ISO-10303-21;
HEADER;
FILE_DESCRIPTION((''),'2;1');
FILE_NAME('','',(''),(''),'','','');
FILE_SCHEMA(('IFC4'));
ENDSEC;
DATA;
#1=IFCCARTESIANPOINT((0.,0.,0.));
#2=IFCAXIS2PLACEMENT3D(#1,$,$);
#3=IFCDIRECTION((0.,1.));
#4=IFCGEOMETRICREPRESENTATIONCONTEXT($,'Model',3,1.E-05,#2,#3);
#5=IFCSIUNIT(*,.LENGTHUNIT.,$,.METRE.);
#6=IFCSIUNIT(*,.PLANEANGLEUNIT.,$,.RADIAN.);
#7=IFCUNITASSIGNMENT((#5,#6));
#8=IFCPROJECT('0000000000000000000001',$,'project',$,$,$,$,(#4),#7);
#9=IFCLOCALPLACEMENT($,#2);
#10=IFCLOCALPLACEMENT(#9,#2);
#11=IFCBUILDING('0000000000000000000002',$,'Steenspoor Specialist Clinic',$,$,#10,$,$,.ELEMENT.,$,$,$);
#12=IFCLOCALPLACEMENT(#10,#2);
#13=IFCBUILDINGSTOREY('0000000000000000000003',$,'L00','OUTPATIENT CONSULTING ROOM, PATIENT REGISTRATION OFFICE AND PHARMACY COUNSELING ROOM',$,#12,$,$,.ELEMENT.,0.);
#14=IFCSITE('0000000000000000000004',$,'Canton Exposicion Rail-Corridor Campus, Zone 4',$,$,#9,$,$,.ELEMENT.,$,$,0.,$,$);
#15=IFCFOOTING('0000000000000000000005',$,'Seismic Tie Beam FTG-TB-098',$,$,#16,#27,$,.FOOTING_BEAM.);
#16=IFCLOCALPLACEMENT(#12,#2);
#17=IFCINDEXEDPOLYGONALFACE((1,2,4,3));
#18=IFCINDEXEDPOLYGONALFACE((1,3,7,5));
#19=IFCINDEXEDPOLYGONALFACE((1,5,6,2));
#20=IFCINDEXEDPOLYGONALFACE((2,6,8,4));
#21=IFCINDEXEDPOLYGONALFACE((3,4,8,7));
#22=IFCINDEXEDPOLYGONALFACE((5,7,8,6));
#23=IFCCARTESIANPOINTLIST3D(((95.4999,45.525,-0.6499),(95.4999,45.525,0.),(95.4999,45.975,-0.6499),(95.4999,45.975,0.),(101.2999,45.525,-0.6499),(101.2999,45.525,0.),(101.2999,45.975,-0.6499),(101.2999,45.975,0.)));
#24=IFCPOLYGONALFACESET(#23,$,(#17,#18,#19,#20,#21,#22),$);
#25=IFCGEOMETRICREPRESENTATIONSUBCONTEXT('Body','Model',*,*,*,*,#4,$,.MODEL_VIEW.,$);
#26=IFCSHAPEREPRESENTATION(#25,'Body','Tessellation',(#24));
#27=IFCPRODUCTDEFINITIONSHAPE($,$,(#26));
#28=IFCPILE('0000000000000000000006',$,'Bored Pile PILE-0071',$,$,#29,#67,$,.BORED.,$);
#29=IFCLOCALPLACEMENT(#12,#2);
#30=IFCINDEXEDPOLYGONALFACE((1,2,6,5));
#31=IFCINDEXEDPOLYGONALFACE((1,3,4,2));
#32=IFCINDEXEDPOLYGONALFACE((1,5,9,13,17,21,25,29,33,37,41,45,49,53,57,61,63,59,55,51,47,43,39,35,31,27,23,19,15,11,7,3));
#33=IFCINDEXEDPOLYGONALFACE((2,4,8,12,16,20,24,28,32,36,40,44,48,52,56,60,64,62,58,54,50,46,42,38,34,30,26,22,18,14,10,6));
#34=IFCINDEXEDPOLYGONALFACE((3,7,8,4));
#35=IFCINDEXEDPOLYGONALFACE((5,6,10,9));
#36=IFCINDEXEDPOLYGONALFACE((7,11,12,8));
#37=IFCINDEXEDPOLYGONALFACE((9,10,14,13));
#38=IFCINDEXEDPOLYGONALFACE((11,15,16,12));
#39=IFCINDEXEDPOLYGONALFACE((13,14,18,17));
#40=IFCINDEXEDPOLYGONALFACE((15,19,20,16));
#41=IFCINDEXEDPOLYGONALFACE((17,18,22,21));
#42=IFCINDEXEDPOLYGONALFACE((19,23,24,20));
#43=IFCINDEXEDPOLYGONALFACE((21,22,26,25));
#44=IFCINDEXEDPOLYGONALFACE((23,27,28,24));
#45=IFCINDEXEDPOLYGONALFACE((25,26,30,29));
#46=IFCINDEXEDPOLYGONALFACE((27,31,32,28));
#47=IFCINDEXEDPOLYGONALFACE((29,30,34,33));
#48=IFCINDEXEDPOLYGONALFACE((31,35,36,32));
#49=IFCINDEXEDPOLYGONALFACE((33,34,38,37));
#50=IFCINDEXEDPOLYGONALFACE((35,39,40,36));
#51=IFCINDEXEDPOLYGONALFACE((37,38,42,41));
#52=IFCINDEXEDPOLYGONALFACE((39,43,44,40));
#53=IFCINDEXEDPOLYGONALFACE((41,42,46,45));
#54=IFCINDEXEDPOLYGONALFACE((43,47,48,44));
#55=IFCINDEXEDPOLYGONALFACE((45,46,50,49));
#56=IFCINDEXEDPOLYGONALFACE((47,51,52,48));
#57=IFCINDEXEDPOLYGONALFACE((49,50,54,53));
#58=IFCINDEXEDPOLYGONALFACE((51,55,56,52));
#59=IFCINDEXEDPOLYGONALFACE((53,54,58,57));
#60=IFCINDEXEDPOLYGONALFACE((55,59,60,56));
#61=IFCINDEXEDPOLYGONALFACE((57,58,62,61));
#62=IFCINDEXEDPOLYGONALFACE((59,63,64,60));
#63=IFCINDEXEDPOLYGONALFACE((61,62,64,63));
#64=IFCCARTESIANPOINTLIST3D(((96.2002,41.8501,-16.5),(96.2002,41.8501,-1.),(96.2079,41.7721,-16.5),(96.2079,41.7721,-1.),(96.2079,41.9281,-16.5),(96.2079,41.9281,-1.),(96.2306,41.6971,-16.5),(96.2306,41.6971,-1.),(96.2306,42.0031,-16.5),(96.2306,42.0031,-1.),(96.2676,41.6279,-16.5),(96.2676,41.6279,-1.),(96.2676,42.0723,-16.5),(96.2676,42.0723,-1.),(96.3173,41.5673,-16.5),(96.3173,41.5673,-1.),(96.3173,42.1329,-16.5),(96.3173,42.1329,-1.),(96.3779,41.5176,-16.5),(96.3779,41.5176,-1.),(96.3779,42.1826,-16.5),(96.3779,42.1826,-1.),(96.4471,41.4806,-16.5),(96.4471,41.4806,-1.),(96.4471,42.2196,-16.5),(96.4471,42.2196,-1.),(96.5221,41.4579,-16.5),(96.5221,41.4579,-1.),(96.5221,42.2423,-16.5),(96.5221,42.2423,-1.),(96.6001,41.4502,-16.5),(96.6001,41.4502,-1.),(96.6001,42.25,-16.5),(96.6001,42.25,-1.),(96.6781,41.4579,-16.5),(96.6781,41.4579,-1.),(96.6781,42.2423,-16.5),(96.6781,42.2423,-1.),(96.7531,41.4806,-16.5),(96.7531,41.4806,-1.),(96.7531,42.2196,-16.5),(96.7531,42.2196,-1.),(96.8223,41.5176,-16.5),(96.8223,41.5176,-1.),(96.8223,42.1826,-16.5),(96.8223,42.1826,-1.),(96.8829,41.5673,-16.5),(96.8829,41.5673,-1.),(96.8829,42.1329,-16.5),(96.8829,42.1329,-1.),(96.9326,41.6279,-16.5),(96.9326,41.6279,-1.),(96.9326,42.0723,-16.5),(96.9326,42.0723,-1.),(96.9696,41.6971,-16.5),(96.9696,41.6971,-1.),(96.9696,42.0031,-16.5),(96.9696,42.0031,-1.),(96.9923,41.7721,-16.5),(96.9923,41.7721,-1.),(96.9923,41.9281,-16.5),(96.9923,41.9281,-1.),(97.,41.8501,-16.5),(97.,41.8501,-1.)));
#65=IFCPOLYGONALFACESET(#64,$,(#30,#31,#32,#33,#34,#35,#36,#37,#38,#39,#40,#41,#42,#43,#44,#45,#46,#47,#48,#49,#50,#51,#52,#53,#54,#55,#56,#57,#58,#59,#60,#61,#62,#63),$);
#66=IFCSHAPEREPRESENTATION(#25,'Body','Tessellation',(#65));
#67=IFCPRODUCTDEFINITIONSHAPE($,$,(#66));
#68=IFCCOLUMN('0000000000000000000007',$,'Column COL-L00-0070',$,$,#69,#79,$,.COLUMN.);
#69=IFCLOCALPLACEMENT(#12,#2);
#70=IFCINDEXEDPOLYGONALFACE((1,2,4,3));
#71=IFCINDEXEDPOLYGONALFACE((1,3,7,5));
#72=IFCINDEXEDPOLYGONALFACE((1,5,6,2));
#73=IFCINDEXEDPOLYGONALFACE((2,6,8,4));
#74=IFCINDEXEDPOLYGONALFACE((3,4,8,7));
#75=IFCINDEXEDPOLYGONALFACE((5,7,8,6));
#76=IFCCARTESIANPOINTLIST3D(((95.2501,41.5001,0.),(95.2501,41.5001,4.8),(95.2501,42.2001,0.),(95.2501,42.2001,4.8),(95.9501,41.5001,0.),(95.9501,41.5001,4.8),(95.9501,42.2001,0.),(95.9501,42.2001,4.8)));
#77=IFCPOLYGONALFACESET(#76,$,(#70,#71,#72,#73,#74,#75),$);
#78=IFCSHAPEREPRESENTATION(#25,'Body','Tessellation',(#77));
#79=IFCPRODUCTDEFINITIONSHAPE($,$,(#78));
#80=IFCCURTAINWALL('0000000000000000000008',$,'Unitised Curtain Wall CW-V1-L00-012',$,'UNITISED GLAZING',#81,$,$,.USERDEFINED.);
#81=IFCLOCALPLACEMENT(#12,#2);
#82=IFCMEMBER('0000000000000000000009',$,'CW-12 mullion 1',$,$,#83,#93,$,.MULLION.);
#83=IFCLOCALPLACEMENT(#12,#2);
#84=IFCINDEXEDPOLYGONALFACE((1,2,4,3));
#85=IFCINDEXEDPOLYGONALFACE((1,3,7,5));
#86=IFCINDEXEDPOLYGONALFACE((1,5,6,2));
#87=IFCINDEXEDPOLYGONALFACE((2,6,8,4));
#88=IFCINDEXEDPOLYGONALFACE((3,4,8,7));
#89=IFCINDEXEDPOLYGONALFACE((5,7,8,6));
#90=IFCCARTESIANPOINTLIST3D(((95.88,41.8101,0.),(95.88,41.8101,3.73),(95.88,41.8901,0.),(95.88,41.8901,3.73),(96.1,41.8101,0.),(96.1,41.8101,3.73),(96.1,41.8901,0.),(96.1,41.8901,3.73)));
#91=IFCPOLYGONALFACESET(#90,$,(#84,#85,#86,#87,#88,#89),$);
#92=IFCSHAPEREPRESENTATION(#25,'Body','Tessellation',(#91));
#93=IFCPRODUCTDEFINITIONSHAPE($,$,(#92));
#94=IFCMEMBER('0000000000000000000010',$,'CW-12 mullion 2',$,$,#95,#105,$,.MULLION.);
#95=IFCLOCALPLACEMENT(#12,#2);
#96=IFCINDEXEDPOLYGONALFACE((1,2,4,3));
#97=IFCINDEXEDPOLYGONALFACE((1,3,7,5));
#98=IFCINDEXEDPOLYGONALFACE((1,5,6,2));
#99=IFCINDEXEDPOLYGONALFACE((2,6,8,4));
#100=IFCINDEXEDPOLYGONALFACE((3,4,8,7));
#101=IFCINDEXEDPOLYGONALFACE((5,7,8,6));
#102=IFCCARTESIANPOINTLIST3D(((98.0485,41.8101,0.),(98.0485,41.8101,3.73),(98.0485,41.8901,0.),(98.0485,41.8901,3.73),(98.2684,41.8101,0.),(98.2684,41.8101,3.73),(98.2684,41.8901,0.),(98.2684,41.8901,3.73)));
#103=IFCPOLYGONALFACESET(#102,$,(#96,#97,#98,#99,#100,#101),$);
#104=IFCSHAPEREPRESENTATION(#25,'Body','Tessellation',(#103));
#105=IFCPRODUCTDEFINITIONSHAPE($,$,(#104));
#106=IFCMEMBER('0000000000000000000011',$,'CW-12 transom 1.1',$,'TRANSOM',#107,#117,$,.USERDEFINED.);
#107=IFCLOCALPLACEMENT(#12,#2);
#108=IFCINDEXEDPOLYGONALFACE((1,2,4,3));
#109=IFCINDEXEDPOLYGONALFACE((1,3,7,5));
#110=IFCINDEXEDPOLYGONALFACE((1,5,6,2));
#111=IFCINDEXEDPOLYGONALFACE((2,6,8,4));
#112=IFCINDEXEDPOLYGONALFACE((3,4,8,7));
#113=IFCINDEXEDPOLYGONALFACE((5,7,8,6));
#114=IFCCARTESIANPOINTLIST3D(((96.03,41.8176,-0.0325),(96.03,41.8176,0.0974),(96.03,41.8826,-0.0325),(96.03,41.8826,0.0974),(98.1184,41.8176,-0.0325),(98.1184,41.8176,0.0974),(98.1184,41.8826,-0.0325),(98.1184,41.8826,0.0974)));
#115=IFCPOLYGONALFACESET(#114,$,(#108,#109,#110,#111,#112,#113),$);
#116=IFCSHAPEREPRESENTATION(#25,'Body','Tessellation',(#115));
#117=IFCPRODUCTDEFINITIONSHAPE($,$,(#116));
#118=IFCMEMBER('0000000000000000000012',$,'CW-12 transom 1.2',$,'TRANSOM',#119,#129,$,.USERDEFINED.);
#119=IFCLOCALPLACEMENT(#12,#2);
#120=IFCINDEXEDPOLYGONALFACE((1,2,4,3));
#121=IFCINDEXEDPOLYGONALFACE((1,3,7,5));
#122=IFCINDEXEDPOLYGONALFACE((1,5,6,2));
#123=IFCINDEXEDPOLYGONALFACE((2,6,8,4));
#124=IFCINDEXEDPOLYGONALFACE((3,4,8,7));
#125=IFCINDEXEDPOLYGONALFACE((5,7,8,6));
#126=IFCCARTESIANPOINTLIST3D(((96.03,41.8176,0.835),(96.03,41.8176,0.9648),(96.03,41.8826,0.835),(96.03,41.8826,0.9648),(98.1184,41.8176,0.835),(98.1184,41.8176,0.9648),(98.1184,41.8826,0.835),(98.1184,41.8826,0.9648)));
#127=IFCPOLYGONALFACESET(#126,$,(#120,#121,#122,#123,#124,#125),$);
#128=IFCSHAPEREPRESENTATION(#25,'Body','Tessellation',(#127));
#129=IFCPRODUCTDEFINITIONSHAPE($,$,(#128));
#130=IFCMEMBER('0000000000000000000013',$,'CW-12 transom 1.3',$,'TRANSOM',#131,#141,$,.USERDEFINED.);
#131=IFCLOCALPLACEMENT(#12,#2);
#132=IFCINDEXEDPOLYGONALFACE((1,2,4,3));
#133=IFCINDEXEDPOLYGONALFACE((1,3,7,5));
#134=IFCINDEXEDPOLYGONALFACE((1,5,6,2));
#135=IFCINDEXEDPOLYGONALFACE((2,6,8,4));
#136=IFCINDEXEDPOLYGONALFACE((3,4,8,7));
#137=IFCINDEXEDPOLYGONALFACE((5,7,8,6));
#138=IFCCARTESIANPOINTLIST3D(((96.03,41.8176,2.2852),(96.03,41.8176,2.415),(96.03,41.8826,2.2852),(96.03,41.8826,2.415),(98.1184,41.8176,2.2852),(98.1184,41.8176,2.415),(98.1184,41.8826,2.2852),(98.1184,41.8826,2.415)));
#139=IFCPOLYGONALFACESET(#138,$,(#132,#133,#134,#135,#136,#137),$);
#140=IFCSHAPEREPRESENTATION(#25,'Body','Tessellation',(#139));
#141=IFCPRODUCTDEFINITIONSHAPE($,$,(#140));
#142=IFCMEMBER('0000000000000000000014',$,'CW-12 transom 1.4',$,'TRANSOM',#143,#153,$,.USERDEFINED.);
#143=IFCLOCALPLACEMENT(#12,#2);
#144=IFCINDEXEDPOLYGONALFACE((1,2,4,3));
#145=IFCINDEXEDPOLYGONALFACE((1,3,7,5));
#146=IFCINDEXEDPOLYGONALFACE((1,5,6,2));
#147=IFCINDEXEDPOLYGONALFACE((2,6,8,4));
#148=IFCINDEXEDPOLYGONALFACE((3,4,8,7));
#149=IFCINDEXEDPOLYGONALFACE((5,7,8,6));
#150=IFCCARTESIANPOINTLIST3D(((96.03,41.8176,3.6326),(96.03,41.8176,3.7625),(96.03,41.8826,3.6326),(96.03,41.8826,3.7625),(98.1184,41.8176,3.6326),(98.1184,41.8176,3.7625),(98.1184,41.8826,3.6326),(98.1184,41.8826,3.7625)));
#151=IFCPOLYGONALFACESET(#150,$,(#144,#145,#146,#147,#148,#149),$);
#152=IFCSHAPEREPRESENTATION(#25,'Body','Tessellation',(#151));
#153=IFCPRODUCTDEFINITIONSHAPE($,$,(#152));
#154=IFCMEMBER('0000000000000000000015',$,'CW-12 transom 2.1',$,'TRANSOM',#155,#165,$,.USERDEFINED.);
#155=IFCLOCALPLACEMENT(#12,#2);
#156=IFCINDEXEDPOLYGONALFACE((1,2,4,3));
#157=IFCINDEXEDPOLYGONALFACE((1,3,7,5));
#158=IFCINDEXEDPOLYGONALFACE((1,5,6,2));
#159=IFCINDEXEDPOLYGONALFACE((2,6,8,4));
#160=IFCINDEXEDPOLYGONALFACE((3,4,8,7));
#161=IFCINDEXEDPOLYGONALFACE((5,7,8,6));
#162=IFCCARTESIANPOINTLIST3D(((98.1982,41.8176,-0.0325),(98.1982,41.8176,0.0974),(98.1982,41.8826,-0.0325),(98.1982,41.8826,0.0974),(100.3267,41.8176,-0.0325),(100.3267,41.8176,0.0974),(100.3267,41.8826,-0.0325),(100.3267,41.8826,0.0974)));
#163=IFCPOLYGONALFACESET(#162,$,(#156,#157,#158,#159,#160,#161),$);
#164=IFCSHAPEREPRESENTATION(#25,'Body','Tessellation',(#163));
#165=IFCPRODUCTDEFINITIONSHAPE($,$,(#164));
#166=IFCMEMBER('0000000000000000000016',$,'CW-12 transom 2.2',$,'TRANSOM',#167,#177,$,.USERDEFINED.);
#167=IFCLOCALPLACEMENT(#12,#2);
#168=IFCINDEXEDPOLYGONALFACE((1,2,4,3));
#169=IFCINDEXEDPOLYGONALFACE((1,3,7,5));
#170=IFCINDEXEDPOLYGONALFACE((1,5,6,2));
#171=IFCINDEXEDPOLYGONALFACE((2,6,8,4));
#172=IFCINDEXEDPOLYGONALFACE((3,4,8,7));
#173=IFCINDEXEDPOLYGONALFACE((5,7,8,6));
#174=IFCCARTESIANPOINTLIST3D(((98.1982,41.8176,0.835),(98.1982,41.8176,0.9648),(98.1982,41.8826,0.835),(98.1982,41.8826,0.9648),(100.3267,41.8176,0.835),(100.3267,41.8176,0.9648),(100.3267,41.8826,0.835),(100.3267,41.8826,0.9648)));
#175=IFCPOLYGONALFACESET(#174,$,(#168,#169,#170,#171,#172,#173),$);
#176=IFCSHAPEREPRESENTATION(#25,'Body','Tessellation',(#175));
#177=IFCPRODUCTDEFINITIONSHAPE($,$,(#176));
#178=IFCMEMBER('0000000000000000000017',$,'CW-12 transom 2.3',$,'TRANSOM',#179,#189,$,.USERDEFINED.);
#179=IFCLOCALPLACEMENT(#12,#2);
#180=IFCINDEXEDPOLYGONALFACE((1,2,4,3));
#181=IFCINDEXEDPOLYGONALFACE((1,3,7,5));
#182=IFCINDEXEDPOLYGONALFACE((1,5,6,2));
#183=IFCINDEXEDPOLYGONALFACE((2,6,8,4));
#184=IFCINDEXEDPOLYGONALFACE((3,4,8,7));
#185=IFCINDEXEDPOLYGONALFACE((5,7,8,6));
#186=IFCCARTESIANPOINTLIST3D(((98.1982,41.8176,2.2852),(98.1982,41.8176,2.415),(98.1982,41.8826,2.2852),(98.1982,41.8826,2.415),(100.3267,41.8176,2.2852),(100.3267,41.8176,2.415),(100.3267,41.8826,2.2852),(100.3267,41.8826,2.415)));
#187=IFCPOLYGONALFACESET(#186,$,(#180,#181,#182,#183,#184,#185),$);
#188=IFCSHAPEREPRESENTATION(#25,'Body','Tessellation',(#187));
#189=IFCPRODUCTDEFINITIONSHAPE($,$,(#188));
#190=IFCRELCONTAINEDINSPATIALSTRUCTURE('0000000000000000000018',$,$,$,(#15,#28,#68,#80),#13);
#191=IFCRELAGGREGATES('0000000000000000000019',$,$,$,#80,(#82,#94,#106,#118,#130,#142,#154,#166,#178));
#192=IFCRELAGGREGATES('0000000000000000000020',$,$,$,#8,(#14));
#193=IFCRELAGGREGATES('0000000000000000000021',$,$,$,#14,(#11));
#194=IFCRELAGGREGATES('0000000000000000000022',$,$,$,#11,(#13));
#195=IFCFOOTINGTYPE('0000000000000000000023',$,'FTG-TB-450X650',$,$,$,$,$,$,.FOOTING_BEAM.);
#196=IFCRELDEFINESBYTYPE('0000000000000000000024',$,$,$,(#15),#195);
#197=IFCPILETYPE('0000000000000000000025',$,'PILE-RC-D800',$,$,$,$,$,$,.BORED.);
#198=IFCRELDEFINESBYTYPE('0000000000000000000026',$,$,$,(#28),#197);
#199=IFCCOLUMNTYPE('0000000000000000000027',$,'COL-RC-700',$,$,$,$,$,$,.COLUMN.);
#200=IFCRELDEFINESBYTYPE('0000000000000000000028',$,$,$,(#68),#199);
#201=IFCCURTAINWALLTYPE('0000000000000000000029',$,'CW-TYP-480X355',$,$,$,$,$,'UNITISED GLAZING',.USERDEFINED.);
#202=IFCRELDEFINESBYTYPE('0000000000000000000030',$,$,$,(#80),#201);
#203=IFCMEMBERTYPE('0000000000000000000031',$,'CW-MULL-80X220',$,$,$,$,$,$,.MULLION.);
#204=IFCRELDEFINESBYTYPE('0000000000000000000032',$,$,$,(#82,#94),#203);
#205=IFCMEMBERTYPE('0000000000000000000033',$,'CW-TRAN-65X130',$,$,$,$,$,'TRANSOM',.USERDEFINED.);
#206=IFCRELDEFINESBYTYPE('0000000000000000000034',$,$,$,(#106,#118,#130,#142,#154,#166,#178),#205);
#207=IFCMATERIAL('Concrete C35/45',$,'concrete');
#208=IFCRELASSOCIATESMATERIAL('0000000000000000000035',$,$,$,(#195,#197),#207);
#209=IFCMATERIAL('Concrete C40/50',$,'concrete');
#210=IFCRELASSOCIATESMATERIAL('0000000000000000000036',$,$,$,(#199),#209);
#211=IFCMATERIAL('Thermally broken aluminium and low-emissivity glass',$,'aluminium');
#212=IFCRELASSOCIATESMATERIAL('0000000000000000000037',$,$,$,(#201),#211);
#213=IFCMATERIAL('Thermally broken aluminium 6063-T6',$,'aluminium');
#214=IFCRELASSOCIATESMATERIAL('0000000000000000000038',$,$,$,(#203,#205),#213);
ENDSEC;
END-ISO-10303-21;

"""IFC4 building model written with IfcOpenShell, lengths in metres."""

from ifc_helpers import new_model, si_unit, direction, frame, origin, origin_2d, place, context, subcontext, project, spatial, rectangle, circle, extrude, material, material_profile, profile_set, type_object, element, aggregate, save


model = new_model("IFC4")

# Units and contexts
model_context = context("Model", 3, precision=1e-05, world=origin(), true_north=direction((0.0, 1.0)))
body_context = subcontext(model_context, "Body", "Model", "MODEL_VIEW")
ifc_project = project(units=[si_unit("LENGTHUNIT", "METRE"), si_unit("PLANEANGLEUNIT", "RADIAN")], contexts=[model_context])

# Site, building, storey
site_placement = place(None, origin())
site = spatial("IfcSite", under=ifc_project, at=site_placement, Name="Canton Exposicion Rail-Corridor Campus, Zone 4", CompositionType="ELEMENT", RefElevation=0.0)
building_placement = place(site_placement, origin())
building = spatial("IfcBuilding", under=site, at=building_placement, Name="Steenspoor Specialist Clinic", CompositionType="ELEMENT")
storey_placement = place(building_placement, origin())
storey = spatial("IfcBuildingStorey", under=building, at=storey_placement, Name="L00", Description="OUTPATIENT CONSULTING ROOM, PATIENT REGISTRATION OFFICE AND PHARMACY COUNSELING ROOM", CompositionType="ELEMENT", Elevation=0.0)

# Footing
ifc_material_1 = material(Name="Concrete C35/45", Category="concrete")
footing_type = type_object("IfcFootingType", Name="FTG-TB-450X650", PredefinedType="FOOTING_BEAM", material=ifc_material_1)
footing_placement = place(storey_placement, frame((98.3999, 45.75, -0.6499), z_axis=(0.0, 0.0, 1.0), x_axis=(1.0, 0.0, 0.0)))
element("IfcFooting", 1, at=footing_placement, inside=storey, type_object=footing_type, Name="Seismic Tie Beam FTG-TB-098", PredefinedType="FOOTING_BEAM", context=body_context, shape_type="SweptSolid", body=[
    extrude(rectangle(XDim=5.8, YDim=0.45, at=origin_2d()), origin(), (0.0, 0.0, 1.0), 0.6499),
])

# Pile
ifc_material_profile_1 = material_profile(ifc_material_1, circle(Radius=0.3999, at=origin_2d()), Name="PILE-D800")
ifc_profile_set_1 = profile_set([ifc_material_profile_1], Name="Concrete C35/45")
pile_type = type_object("IfcPileType", Name="PILE-RC-D800", PredefinedType="BORED", material=ifc_profile_set_1)
pile_placement = place(storey_placement, frame((96.6001, 41.8501, -1.0), z_axis=(0.0, 0.0, -1.0), x_axis=(1.0, 0.0, 0.0)))
element("IfcPile", 2, at=pile_placement, inside=storey, type_object=pile_type, Name="Bored Pile PILE-0071", PredefinedType="BORED", context=body_context, shape_type="SweptSolid", body=[
    extrude(circle(Radius=0.3999, at=origin_2d()), origin(), (0.0, 0.0, 1.0), 15.5),
])

# Column
ifc_material_2 = material(Name="Concrete C40/50", Category="concrete")
ifc_material_profile_2 = material_profile(ifc_material_2, rectangle(XDim=0.7, YDim=0.7, at=origin_2d()), Name="RC-COL-700X700")
ifc_profile_set_2 = profile_set([ifc_material_profile_2], Name="Concrete C40/50")
column_type = type_object("IfcColumnType", Name="COL-RC-700", PredefinedType="COLUMN", material=ifc_profile_set_2)
column_placement = place(storey_placement, frame((95.6001, 41.8501, 0.0), z_axis=(0.0, 0.0, 1.0), x_axis=(1.0, 0.0, 0.0)))
element("IfcColumn", 3, at=column_placement, inside=storey, type_object=column_type, Name="Column COL-L00-0070", PredefinedType="COLUMN", context=body_context, shape_type="SweptSolid", body=[
    extrude(rectangle(XDim=0.7, YDim=0.7, at=origin_2d()), origin(), (0.0, 0.0, 1.0), 4.8),
])

# Curtain wall, members
ifc_material_3 = material(Name="Thermally broken aluminium and low-emissivity glass", Category="aluminium")
curtain_wall_type = type_object("IfcCurtainWallType", Name="CW-TYP-480X355", ElementType="UNITISED GLAZING", PredefinedType="USERDEFINED", material=ifc_material_3)
curtain_wall_placement = place(storey_placement, origin())
curtain_wall = element("IfcCurtainWall", 4, at=curtain_wall_placement, inside=storey, type_object=curtain_wall_type, Name="Unitised Curtain Wall CW-V1-L00-012", ObjectType="UNITISED GLAZING", PredefinedType="USERDEFINED")
ifc_material_4 = material(Name="Thermally broken aluminium 6063-T6", Category="aluminium")
ifc_material_profile_3 = material_profile(ifc_material_4, rectangle(XDim=0.0801, YDim=0.22, at=origin_2d()), Name="CWM-80X220")
ifc_profile_set_3 = profile_set([ifc_material_profile_3], Name="Thermally broken aluminium 6063-T6")
member_type_1 = type_object("IfcMemberType", Name="CW-MULL-80X220", PredefinedType="MULLION", material=ifc_profile_set_3)
member_1_placement = place(storey_placement, frame((95.99, 41.8501, 0.0), z_axis=(0.0, 0.0, 1.0), x_axis=(0.0, 1.0, 0.0)))
member_1 = element("IfcMember", 5, at=member_1_placement, type_object=member_type_1, Name="CW-12 mullion 1", PredefinedType="MULLION", context=body_context, shape_type="SweptSolid", body=[
    extrude(rectangle(XDim=0.0801, YDim=0.22, at=origin_2d()), origin(), (0.0, 0.0, 1.0), 3.73),
])
member_2_placement = place(storey_placement, frame((98.1584, 41.8501, 0.0), z_axis=(0.0, 0.0, 1.0), x_axis=(0.0, 1.0, 0.0)))
member_2 = element("IfcMember", 6, at=member_2_placement, type_object=member_type_1, Name="CW-12 mullion 2", PredefinedType="MULLION", context=body_context, shape_type="SweptSolid", body=[
    extrude(rectangle(XDim=0.0801, YDim=0.22, at=origin_2d()), origin(), (0.0, 0.0, 1.0), 3.73),
])
ifc_material_profile_4 = material_profile(ifc_material_4, rectangle(XDim=0.0649, YDim=0.1299, at=origin_2d()), Name="CWT-65X130")
ifc_profile_set_4 = profile_set([ifc_material_profile_4], Name="Thermally broken aluminium 6063-T6")
member_type_2 = type_object("IfcMemberType", Name="CW-TRAN-65X130", ElementType="TRANSOM", PredefinedType="USERDEFINED", material=ifc_profile_set_4)
member_3_placement = place(storey_placement, frame((96.03, 41.8501, 0.0325), z_axis=(1.0, 0.0, 0.0), x_axis=(0.0, 1.0, 0.0)))
member_3 = element("IfcMember", 7, at=member_3_placement, type_object=member_type_2, Name="CW-12 transom 1.1", ObjectType="TRANSOM", PredefinedType="USERDEFINED", context=body_context, shape_type="SweptSolid", body=[
    extrude(rectangle(XDim=0.0649, YDim=0.1299, at=origin_2d()), origin(), (0.0, 0.0, 1.0), 2.0884),
])
member_4_placement = place(storey_placement, frame((96.03, 41.8501, 0.8999), z_axis=(1.0, 0.0, 0.0), x_axis=(0.0, 1.0, 0.0)))
member_4 = element("IfcMember", 8, at=member_4_placement, type_object=member_type_2, Name="CW-12 transom 1.2", ObjectType="TRANSOM", PredefinedType="USERDEFINED", context=body_context, shape_type="SweptSolid", body=[
    extrude(rectangle(XDim=0.0649, YDim=0.1299, at=origin_2d()), origin(), (0.0, 0.0, 1.0), 2.0884),
])
member_5_placement = place(storey_placement, frame((96.03, 41.8501, 2.3501), z_axis=(1.0, 0.0, 0.0), x_axis=(0.0, 1.0, 0.0)))
member_5 = element("IfcMember", 9, at=member_5_placement, type_object=member_type_2, Name="CW-12 transom 1.3", ObjectType="TRANSOM", PredefinedType="USERDEFINED", context=body_context, shape_type="SweptSolid", body=[
    extrude(rectangle(XDim=0.0649, YDim=0.1299, at=origin_2d()), origin(), (0.0, 0.0, 1.0), 2.0884),
])
member_6_placement = place(storey_placement, frame((96.03, 41.8501, 3.6975), z_axis=(1.0, 0.0, 0.0), x_axis=(0.0, 1.0, 0.0)))
member_6 = element("IfcMember", 10, at=member_6_placement, type_object=member_type_2, Name="CW-12 transom 1.4", ObjectType="TRANSOM", PredefinedType="USERDEFINED", context=body_context, shape_type="SweptSolid", body=[
    extrude(rectangle(XDim=0.0649, YDim=0.1299, at=origin_2d()), origin(), (0.0, 0.0, 1.0), 2.0884),
])
member_7_placement = place(storey_placement, frame((98.1982, 41.8501, 0.0325), z_axis=(1.0, 0.0, 0.0), x_axis=(0.0, 1.0, 0.0)))
member_7 = element("IfcMember", 11, at=member_7_placement, type_object=member_type_2, Name="CW-12 transom 2.1", ObjectType="TRANSOM", PredefinedType="USERDEFINED", context=body_context, shape_type="SweptSolid", body=[
    extrude(rectangle(XDim=0.0649, YDim=0.1299, at=origin_2d()), origin(), (0.0, 0.0, 1.0), 2.1284),
])
member_8_placement = place(storey_placement, frame((98.1982, 41.8501, 0.8999), z_axis=(1.0, 0.0, 0.0), x_axis=(0.0, 1.0, 0.0)))
member_8 = element("IfcMember", 12, at=member_8_placement, type_object=member_type_2, Name="CW-12 transom 2.2", ObjectType="TRANSOM", PredefinedType="USERDEFINED", context=body_context, shape_type="SweptSolid", body=[
    extrude(rectangle(XDim=0.0649, YDim=0.1299, at=origin_2d()), origin(), (0.0, 0.0, 1.0), 2.1284),
])
member_9_placement = place(storey_placement, frame((98.1982, 41.8501, 2.3501), z_axis=(1.0, 0.0, 0.0), x_axis=(0.0, 1.0, 0.0)))
member_9 = element("IfcMember", 13, at=member_9_placement, type_object=member_type_2, Name="CW-12 transom 2.3", ObjectType="TRANSOM", PredefinedType="USERDEFINED", context=body_context, shape_type="SweptSolid", body=[
    extrude(rectangle(XDim=0.0649, YDim=0.1299, at=origin_2d()), origin(), (0.0, 0.0, 1.0), 2.1284),
])

aggregate(curtain_wall, [member_1, member_2, member_3, member_4, member_5, member_6, member_7, member_8, member_9])

save(model, "model.ifc")
